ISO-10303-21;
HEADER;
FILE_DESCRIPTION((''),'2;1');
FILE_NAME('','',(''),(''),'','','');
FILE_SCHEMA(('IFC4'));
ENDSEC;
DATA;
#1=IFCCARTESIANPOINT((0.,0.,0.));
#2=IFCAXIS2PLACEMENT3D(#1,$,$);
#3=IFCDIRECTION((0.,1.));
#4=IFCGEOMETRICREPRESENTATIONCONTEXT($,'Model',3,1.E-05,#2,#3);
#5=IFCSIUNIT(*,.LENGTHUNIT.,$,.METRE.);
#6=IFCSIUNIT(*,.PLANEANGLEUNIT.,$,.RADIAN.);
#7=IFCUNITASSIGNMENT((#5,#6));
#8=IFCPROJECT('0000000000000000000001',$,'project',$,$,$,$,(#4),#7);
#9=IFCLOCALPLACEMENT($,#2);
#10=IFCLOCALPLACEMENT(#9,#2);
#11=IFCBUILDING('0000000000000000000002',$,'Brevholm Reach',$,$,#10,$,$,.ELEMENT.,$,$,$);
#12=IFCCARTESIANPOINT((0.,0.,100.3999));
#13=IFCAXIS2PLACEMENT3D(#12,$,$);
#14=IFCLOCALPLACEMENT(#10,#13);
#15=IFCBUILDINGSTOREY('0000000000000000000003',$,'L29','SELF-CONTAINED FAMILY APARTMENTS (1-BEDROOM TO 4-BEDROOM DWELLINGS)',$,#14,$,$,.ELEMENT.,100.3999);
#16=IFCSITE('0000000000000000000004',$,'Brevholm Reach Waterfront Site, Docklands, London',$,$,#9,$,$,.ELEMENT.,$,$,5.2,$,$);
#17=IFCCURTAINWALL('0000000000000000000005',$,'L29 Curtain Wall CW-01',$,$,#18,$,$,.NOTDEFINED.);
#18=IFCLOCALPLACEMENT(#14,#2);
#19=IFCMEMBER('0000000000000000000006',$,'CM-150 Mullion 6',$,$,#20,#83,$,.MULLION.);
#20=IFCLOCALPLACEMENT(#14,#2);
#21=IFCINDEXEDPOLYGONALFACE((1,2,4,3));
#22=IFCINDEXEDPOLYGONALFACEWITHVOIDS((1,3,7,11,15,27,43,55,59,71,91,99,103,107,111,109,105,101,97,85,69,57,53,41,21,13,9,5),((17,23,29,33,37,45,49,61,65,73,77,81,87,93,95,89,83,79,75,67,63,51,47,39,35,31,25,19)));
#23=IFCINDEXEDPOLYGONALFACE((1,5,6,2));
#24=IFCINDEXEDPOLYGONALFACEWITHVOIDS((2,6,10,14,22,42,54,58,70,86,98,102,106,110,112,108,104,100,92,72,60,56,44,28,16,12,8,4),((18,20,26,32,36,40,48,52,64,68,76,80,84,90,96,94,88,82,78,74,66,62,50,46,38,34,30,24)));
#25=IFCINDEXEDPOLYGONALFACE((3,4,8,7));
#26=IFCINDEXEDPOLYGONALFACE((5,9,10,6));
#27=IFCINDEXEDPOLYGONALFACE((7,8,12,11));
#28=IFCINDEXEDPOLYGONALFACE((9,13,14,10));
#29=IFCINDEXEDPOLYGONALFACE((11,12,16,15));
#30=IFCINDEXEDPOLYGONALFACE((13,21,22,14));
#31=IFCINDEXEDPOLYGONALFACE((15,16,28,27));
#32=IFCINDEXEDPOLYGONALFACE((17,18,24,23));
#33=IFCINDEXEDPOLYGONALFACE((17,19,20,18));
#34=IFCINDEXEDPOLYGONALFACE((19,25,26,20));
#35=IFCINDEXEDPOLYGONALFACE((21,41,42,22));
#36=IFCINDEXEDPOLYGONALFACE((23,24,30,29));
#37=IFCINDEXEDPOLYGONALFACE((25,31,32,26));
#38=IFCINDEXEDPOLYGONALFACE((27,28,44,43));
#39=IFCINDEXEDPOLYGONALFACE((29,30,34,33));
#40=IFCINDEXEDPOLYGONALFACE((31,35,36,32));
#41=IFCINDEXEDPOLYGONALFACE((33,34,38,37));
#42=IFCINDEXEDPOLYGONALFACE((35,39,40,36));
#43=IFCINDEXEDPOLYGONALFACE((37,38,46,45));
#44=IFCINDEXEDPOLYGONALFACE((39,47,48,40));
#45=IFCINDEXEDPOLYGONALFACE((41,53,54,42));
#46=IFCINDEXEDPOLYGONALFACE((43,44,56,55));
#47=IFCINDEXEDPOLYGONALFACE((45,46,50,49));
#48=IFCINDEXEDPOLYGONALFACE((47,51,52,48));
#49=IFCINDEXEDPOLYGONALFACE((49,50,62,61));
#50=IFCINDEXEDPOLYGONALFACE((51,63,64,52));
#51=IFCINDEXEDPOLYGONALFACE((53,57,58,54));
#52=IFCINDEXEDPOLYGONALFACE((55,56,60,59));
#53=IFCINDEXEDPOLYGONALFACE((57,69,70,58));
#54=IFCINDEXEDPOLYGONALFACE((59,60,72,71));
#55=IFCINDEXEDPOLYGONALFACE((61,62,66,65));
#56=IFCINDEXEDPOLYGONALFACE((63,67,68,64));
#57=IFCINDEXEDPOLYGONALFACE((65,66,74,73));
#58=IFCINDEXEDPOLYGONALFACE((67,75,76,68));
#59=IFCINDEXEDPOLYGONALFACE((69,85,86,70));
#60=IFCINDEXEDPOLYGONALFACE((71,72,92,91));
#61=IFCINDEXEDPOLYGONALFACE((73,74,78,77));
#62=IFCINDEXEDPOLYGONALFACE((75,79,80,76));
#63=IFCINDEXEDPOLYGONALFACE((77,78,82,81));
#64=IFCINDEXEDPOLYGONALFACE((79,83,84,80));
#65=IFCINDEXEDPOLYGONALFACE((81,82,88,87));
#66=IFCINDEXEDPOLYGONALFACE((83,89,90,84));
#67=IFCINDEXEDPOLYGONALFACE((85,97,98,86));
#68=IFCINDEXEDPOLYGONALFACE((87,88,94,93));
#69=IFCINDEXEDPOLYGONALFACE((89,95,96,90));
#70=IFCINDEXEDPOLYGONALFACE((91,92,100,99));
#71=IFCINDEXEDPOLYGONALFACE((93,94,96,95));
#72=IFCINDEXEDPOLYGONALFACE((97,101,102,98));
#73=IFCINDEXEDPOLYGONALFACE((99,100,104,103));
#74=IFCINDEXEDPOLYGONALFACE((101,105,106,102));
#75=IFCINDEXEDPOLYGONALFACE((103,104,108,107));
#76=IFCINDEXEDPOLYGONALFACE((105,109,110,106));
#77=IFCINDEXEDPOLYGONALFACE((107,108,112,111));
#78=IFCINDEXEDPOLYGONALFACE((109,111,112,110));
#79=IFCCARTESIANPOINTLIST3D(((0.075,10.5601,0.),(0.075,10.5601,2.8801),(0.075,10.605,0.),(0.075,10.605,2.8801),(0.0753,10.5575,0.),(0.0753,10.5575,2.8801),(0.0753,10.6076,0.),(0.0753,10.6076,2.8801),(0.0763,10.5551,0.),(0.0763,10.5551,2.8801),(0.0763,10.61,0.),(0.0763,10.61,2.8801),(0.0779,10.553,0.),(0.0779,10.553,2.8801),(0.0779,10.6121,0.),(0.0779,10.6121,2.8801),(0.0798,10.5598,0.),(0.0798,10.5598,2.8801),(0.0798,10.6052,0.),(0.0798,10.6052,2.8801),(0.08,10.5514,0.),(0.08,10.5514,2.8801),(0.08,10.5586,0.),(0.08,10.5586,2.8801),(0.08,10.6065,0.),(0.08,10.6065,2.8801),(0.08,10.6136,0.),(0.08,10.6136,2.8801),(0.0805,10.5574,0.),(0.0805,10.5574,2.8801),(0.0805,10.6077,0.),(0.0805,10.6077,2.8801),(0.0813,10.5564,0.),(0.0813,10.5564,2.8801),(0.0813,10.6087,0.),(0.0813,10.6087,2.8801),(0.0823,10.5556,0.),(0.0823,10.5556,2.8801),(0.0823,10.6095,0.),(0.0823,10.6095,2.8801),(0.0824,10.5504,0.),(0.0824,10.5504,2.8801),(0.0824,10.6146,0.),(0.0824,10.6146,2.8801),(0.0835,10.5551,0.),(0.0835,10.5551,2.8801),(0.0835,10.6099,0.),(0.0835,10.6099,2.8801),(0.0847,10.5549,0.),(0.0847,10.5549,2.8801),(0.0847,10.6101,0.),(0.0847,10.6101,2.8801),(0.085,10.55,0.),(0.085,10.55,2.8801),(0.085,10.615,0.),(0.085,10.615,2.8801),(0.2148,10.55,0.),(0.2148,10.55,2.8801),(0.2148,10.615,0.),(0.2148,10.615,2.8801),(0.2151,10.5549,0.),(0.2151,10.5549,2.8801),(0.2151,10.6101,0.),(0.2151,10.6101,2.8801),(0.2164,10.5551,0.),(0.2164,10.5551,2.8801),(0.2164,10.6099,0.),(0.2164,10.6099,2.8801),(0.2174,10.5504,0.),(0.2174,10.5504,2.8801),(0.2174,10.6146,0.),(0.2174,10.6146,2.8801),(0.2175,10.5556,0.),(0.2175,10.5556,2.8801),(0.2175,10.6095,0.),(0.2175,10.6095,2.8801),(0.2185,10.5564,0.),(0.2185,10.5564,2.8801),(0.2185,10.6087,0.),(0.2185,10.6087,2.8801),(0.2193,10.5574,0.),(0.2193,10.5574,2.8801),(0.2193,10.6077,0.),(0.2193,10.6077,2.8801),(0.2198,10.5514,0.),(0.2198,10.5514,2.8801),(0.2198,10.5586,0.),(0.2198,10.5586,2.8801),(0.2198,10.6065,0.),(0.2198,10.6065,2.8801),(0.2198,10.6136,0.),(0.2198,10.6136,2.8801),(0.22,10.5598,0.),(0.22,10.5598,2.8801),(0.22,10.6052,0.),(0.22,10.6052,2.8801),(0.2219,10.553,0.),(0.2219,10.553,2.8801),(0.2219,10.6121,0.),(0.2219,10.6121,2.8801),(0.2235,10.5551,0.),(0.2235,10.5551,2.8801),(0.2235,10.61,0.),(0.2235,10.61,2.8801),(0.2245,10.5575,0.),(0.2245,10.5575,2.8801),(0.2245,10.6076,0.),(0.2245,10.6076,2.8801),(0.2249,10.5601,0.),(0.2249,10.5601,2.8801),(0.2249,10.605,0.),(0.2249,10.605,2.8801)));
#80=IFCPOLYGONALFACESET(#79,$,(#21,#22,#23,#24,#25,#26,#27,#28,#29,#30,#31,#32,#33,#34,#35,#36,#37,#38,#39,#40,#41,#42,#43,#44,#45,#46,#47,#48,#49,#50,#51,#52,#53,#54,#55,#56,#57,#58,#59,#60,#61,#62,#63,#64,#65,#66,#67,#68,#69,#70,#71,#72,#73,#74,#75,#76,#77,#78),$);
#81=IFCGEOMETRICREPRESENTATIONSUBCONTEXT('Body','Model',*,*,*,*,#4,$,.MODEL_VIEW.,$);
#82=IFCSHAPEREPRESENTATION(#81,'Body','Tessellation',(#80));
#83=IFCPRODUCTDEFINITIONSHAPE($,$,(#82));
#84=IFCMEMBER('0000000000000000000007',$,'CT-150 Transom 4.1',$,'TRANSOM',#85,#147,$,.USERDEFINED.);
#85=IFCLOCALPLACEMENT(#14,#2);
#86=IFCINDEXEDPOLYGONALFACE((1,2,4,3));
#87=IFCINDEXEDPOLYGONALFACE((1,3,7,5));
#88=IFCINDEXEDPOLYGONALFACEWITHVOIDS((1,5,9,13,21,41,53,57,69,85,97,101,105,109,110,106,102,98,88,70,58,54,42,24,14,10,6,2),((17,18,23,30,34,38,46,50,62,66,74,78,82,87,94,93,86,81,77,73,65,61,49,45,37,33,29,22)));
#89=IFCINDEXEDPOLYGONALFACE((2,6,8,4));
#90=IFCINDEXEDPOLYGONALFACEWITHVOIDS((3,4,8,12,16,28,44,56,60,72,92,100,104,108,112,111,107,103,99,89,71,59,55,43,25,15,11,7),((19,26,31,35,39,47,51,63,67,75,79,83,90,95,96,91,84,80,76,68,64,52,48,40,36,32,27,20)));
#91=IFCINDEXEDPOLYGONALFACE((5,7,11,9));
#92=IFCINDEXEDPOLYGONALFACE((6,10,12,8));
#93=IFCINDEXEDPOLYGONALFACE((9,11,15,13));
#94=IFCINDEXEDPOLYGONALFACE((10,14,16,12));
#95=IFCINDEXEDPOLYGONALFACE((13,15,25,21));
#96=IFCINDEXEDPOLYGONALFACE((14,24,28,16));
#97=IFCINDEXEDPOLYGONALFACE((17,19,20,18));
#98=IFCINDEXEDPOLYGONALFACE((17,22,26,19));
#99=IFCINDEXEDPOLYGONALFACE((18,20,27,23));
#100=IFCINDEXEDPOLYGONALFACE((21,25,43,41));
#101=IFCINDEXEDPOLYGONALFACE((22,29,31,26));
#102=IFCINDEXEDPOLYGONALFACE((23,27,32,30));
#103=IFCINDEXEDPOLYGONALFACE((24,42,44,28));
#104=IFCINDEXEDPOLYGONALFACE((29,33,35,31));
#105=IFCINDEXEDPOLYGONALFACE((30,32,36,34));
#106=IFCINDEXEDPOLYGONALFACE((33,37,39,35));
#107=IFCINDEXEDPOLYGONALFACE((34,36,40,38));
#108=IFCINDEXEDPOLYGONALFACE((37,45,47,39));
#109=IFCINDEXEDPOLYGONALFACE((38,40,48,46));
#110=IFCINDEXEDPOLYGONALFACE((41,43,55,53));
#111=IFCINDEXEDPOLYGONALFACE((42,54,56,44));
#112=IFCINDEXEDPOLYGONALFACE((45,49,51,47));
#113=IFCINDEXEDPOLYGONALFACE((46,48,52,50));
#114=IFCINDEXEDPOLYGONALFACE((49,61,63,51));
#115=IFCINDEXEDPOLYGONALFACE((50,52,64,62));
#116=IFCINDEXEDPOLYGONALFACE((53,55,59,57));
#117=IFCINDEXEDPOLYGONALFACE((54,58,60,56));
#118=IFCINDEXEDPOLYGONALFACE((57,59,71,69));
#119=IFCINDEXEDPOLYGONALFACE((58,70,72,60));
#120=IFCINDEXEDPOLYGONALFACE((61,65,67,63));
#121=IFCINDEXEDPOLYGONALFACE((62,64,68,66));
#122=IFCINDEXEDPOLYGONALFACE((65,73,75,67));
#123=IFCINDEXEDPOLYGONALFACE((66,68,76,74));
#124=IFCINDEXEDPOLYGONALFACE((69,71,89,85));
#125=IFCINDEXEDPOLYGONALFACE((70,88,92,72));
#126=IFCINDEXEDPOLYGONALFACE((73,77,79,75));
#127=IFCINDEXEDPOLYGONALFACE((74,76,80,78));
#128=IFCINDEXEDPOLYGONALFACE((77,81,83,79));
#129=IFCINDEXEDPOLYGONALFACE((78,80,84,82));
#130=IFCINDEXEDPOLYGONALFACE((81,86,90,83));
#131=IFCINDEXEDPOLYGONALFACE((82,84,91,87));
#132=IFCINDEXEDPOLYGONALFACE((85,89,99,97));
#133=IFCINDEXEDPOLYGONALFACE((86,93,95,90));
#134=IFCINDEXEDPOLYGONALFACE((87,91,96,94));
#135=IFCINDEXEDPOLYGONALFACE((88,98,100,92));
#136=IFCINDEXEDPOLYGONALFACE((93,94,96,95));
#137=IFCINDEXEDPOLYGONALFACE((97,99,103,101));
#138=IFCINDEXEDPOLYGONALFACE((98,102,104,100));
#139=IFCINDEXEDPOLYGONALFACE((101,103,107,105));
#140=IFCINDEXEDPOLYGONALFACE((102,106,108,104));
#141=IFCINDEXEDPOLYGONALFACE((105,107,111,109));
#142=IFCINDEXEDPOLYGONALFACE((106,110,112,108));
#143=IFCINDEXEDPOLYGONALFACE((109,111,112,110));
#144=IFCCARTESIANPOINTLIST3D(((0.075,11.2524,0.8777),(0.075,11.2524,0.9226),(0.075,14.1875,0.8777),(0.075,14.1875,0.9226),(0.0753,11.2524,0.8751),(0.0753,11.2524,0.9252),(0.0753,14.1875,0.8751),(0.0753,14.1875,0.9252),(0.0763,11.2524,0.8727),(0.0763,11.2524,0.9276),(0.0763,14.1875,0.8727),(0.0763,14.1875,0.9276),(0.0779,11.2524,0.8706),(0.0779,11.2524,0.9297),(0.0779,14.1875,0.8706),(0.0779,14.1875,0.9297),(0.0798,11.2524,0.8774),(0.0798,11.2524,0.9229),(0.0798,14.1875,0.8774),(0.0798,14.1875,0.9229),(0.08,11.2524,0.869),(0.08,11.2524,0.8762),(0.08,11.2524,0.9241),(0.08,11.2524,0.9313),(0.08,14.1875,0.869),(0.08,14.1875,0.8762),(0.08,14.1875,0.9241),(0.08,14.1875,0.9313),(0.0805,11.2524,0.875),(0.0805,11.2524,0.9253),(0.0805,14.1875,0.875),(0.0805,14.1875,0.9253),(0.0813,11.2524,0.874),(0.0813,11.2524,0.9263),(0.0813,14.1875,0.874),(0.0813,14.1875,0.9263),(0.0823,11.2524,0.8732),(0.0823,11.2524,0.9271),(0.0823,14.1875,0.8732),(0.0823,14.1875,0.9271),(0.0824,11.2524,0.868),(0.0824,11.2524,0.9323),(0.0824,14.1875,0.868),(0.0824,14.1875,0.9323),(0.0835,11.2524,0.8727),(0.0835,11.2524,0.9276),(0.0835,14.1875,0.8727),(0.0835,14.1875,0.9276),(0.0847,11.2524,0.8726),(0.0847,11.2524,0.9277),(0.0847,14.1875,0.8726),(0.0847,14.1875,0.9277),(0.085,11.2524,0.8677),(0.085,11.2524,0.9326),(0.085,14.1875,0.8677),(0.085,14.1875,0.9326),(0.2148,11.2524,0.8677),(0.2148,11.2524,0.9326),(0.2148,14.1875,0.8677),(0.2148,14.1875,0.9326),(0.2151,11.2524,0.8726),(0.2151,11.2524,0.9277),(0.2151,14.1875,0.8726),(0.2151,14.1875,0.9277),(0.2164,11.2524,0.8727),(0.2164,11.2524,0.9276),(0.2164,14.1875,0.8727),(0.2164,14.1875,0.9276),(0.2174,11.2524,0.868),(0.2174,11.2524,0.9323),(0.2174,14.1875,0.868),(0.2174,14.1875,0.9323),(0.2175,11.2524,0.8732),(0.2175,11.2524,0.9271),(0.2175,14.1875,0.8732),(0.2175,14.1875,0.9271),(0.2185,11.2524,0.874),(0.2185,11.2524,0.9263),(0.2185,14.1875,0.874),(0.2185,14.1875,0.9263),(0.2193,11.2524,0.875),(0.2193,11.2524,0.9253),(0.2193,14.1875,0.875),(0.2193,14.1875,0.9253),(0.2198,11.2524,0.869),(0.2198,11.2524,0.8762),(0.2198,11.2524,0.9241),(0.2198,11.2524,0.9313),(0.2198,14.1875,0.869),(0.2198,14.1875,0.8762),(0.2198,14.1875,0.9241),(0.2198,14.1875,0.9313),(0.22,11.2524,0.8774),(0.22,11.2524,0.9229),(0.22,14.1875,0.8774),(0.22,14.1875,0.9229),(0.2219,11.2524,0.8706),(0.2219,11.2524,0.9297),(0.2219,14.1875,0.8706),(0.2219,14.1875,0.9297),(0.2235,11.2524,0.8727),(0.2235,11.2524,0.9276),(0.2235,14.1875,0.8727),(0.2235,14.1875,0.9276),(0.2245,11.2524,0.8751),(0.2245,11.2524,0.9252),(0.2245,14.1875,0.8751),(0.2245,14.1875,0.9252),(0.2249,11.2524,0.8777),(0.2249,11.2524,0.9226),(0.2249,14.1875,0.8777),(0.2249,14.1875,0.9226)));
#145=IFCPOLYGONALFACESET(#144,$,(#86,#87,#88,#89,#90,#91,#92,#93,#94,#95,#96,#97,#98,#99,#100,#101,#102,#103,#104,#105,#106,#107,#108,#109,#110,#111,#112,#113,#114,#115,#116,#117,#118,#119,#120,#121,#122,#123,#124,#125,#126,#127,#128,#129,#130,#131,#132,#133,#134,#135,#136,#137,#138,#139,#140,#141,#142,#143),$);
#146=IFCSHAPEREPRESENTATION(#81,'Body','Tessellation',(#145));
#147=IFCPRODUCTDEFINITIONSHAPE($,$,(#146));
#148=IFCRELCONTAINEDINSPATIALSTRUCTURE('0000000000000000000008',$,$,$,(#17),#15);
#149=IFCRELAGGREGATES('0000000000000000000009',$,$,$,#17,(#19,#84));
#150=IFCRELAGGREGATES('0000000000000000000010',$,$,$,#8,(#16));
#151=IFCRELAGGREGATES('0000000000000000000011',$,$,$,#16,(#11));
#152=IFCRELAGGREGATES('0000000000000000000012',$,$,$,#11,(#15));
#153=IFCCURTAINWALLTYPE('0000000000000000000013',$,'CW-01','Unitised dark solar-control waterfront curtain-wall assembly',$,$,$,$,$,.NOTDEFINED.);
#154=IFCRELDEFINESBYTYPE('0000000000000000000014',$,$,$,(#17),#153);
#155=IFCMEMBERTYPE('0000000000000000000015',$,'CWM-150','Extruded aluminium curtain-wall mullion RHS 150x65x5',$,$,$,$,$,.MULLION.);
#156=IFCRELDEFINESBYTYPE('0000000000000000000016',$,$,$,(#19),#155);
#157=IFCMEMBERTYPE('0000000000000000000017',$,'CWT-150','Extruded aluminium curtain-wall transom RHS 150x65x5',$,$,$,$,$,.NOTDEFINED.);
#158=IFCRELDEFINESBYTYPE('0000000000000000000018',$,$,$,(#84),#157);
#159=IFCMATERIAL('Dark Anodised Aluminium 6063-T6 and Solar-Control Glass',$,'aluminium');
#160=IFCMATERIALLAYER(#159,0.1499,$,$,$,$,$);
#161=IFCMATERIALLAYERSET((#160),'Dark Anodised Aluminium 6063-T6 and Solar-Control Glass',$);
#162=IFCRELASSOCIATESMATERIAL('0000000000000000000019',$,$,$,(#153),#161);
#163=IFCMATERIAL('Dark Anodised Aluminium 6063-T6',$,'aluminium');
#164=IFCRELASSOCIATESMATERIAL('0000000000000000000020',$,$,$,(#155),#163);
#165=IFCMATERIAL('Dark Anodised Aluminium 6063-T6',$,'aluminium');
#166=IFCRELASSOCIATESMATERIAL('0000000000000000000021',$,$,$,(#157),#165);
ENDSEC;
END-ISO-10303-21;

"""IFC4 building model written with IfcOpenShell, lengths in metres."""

from ifc_helpers import new_model, si_unit, direction, frame, origin, origin_2d, place, context, subcontext, project, spatial, hollow_rectangle, extrude, material, layer, layer_set, material_profile, profile_set, type_object, element, aggregate, save


model = new_model("IFC4")

# Units and contexts
model_context = context("Model", 3, precision=1e-05, world=origin(), true_north=direction((0.0, 1.0)))
body_context = subcontext(model_context, "Body", "Model", "MODEL_VIEW")
ifc_project = project(units=[si_unit("LENGTHUNIT", "METRE"), si_unit("PLANEANGLEUNIT", "RADIAN")], contexts=[model_context])

# Site, building, storey
site_placement = place(None, origin())
site = spatial("IfcSite", under=ifc_project, at=site_placement, Name="Brevholm Reach Waterfront Site, Docklands, London", CompositionType="ELEMENT", RefElevation=5.2)
building_placement = place(site_placement, origin())
building = spatial("IfcBuilding", under=site, at=building_placement, Name="Brevholm Reach", CompositionType="ELEMENT")
storey_placement = place(building_placement, frame((0.0, 0.0, 100.3999)))
storey = spatial("IfcBuildingStorey", under=building, at=storey_placement, Name="L29", Description="SELF-CONTAINED FAMILY APARTMENTS (1-BEDROOM TO 4-BEDROOM DWELLINGS)", CompositionType="ELEMENT", Elevation=100.3999)

# Curtain wall, members
ifc_material_1 = material(Name="Dark Anodised Aluminium 6063-T6 and Solar-Control Glass", Category="aluminium")
ifc_layer_1 = layer(ifc_material_1, 0.1499)
ifc_layer_set_1 = layer_set([ifc_layer_1], Name="Dark Anodised Aluminium 6063-T6 and Solar-Control Glass")
curtain_wall_type = type_object("IfcCurtainWallType", Name="CW-01", Description="Unitised dark solar-control waterfront curtain-wall assembly", PredefinedType="NOTDEFINED", material=ifc_layer_set_1)
curtain_wall_placement = place(storey_placement, origin())
curtain_wall = element("IfcCurtainWall", 1, at=curtain_wall_placement, inside=storey, type_object=curtain_wall_type, Name="L29 Curtain Wall CW-01", PredefinedType="NOTDEFINED")
ifc_material_2 = material(Name="Dark Anodised Aluminium 6063-T6", Category="aluminium")
ifc_material_profile_1 = material_profile(ifc_material_2, hollow_rectangle(XDim=0.0649, YDim=0.1499, WallThickness=0.0049, InnerFilletRadius=0.0049, OuterFilletRadius=0.01, at=origin_2d()), Name="RHS 150x65x5")
ifc_profile_set_1 = profile_set([ifc_material_profile_1], Name="Dark Anodised Aluminium 6063-T6")
member_type_1 = type_object("IfcMemberType", Name="CWM-150", Description="Extruded aluminium curtain-wall mullion RHS 150x65x5", PredefinedType="MULLION", material=ifc_profile_set_1)
member_1_placement = place(storey_placement, frame((0.1499, 10.5825, 0.0), z_axis=(0.0, 0.0, 1.0), x_axis=(0.0, -1.0, 0.0)))
member_1 = element("IfcMember", 2, at=member_1_placement, type_object=member_type_1, Name="CM-150 Mullion 6", PredefinedType="MULLION", context=body_context, shape_type="SweptSolid", body=[
    extrude(hollow_rectangle(XDim=0.0649, YDim=0.1499, WallThickness=0.0049, InnerFilletRadius=0.0049, OuterFilletRadius=0.01, at=origin_2d()), origin(), (0.0, 0.0, 1.0), 2.8801),
])
ifc_material_3 = material(Name="Dark Anodised Aluminium 6063-T6", Category="aluminium")
ifc_material_profile_2 = material_profile(ifc_material_3, hollow_rectangle(XDim=0.0649, YDim=0.1499, WallThickness=0.0049, InnerFilletRadius=0.0049, OuterFilletRadius=0.01, at=origin_2d()), Name="RHS 150x65x5")
ifc_profile_set_2 = profile_set([ifc_material_profile_2], Name="Dark Anodised Aluminium 6063-T6")
member_type_2 = type_object("IfcMemberType", Name="CWT-150", Description="Extruded aluminium curtain-wall transom RHS 150x65x5", PredefinedType="NOTDEFINED", material=ifc_profile_set_2)
member_2_placement = place(storey_placement, frame((0.1499, 14.1875, 0.9001), z_axis=(0.0, -1.0, 0.0), x_axis=(0.0, 0.0, 1.0)))
member_2 = element("IfcMember", 3, at=member_2_placement, type_object=member_type_2, Name="CT-150 Transom 4.1", ObjectType="TRANSOM", PredefinedType="USERDEFINED", context=body_context, shape_type="SweptSolid", body=[
    extrude(hollow_rectangle(XDim=0.0649, YDim=0.1499, WallThickness=0.0049, InnerFilletRadius=0.0049, OuterFilletRadius=0.01, at=origin_2d()), origin(), (0.0, 0.0, 1.0), 2.9351),
])
aggregate(curtain_wall, [member_1, member_2])

save(model, "model.ifc")
